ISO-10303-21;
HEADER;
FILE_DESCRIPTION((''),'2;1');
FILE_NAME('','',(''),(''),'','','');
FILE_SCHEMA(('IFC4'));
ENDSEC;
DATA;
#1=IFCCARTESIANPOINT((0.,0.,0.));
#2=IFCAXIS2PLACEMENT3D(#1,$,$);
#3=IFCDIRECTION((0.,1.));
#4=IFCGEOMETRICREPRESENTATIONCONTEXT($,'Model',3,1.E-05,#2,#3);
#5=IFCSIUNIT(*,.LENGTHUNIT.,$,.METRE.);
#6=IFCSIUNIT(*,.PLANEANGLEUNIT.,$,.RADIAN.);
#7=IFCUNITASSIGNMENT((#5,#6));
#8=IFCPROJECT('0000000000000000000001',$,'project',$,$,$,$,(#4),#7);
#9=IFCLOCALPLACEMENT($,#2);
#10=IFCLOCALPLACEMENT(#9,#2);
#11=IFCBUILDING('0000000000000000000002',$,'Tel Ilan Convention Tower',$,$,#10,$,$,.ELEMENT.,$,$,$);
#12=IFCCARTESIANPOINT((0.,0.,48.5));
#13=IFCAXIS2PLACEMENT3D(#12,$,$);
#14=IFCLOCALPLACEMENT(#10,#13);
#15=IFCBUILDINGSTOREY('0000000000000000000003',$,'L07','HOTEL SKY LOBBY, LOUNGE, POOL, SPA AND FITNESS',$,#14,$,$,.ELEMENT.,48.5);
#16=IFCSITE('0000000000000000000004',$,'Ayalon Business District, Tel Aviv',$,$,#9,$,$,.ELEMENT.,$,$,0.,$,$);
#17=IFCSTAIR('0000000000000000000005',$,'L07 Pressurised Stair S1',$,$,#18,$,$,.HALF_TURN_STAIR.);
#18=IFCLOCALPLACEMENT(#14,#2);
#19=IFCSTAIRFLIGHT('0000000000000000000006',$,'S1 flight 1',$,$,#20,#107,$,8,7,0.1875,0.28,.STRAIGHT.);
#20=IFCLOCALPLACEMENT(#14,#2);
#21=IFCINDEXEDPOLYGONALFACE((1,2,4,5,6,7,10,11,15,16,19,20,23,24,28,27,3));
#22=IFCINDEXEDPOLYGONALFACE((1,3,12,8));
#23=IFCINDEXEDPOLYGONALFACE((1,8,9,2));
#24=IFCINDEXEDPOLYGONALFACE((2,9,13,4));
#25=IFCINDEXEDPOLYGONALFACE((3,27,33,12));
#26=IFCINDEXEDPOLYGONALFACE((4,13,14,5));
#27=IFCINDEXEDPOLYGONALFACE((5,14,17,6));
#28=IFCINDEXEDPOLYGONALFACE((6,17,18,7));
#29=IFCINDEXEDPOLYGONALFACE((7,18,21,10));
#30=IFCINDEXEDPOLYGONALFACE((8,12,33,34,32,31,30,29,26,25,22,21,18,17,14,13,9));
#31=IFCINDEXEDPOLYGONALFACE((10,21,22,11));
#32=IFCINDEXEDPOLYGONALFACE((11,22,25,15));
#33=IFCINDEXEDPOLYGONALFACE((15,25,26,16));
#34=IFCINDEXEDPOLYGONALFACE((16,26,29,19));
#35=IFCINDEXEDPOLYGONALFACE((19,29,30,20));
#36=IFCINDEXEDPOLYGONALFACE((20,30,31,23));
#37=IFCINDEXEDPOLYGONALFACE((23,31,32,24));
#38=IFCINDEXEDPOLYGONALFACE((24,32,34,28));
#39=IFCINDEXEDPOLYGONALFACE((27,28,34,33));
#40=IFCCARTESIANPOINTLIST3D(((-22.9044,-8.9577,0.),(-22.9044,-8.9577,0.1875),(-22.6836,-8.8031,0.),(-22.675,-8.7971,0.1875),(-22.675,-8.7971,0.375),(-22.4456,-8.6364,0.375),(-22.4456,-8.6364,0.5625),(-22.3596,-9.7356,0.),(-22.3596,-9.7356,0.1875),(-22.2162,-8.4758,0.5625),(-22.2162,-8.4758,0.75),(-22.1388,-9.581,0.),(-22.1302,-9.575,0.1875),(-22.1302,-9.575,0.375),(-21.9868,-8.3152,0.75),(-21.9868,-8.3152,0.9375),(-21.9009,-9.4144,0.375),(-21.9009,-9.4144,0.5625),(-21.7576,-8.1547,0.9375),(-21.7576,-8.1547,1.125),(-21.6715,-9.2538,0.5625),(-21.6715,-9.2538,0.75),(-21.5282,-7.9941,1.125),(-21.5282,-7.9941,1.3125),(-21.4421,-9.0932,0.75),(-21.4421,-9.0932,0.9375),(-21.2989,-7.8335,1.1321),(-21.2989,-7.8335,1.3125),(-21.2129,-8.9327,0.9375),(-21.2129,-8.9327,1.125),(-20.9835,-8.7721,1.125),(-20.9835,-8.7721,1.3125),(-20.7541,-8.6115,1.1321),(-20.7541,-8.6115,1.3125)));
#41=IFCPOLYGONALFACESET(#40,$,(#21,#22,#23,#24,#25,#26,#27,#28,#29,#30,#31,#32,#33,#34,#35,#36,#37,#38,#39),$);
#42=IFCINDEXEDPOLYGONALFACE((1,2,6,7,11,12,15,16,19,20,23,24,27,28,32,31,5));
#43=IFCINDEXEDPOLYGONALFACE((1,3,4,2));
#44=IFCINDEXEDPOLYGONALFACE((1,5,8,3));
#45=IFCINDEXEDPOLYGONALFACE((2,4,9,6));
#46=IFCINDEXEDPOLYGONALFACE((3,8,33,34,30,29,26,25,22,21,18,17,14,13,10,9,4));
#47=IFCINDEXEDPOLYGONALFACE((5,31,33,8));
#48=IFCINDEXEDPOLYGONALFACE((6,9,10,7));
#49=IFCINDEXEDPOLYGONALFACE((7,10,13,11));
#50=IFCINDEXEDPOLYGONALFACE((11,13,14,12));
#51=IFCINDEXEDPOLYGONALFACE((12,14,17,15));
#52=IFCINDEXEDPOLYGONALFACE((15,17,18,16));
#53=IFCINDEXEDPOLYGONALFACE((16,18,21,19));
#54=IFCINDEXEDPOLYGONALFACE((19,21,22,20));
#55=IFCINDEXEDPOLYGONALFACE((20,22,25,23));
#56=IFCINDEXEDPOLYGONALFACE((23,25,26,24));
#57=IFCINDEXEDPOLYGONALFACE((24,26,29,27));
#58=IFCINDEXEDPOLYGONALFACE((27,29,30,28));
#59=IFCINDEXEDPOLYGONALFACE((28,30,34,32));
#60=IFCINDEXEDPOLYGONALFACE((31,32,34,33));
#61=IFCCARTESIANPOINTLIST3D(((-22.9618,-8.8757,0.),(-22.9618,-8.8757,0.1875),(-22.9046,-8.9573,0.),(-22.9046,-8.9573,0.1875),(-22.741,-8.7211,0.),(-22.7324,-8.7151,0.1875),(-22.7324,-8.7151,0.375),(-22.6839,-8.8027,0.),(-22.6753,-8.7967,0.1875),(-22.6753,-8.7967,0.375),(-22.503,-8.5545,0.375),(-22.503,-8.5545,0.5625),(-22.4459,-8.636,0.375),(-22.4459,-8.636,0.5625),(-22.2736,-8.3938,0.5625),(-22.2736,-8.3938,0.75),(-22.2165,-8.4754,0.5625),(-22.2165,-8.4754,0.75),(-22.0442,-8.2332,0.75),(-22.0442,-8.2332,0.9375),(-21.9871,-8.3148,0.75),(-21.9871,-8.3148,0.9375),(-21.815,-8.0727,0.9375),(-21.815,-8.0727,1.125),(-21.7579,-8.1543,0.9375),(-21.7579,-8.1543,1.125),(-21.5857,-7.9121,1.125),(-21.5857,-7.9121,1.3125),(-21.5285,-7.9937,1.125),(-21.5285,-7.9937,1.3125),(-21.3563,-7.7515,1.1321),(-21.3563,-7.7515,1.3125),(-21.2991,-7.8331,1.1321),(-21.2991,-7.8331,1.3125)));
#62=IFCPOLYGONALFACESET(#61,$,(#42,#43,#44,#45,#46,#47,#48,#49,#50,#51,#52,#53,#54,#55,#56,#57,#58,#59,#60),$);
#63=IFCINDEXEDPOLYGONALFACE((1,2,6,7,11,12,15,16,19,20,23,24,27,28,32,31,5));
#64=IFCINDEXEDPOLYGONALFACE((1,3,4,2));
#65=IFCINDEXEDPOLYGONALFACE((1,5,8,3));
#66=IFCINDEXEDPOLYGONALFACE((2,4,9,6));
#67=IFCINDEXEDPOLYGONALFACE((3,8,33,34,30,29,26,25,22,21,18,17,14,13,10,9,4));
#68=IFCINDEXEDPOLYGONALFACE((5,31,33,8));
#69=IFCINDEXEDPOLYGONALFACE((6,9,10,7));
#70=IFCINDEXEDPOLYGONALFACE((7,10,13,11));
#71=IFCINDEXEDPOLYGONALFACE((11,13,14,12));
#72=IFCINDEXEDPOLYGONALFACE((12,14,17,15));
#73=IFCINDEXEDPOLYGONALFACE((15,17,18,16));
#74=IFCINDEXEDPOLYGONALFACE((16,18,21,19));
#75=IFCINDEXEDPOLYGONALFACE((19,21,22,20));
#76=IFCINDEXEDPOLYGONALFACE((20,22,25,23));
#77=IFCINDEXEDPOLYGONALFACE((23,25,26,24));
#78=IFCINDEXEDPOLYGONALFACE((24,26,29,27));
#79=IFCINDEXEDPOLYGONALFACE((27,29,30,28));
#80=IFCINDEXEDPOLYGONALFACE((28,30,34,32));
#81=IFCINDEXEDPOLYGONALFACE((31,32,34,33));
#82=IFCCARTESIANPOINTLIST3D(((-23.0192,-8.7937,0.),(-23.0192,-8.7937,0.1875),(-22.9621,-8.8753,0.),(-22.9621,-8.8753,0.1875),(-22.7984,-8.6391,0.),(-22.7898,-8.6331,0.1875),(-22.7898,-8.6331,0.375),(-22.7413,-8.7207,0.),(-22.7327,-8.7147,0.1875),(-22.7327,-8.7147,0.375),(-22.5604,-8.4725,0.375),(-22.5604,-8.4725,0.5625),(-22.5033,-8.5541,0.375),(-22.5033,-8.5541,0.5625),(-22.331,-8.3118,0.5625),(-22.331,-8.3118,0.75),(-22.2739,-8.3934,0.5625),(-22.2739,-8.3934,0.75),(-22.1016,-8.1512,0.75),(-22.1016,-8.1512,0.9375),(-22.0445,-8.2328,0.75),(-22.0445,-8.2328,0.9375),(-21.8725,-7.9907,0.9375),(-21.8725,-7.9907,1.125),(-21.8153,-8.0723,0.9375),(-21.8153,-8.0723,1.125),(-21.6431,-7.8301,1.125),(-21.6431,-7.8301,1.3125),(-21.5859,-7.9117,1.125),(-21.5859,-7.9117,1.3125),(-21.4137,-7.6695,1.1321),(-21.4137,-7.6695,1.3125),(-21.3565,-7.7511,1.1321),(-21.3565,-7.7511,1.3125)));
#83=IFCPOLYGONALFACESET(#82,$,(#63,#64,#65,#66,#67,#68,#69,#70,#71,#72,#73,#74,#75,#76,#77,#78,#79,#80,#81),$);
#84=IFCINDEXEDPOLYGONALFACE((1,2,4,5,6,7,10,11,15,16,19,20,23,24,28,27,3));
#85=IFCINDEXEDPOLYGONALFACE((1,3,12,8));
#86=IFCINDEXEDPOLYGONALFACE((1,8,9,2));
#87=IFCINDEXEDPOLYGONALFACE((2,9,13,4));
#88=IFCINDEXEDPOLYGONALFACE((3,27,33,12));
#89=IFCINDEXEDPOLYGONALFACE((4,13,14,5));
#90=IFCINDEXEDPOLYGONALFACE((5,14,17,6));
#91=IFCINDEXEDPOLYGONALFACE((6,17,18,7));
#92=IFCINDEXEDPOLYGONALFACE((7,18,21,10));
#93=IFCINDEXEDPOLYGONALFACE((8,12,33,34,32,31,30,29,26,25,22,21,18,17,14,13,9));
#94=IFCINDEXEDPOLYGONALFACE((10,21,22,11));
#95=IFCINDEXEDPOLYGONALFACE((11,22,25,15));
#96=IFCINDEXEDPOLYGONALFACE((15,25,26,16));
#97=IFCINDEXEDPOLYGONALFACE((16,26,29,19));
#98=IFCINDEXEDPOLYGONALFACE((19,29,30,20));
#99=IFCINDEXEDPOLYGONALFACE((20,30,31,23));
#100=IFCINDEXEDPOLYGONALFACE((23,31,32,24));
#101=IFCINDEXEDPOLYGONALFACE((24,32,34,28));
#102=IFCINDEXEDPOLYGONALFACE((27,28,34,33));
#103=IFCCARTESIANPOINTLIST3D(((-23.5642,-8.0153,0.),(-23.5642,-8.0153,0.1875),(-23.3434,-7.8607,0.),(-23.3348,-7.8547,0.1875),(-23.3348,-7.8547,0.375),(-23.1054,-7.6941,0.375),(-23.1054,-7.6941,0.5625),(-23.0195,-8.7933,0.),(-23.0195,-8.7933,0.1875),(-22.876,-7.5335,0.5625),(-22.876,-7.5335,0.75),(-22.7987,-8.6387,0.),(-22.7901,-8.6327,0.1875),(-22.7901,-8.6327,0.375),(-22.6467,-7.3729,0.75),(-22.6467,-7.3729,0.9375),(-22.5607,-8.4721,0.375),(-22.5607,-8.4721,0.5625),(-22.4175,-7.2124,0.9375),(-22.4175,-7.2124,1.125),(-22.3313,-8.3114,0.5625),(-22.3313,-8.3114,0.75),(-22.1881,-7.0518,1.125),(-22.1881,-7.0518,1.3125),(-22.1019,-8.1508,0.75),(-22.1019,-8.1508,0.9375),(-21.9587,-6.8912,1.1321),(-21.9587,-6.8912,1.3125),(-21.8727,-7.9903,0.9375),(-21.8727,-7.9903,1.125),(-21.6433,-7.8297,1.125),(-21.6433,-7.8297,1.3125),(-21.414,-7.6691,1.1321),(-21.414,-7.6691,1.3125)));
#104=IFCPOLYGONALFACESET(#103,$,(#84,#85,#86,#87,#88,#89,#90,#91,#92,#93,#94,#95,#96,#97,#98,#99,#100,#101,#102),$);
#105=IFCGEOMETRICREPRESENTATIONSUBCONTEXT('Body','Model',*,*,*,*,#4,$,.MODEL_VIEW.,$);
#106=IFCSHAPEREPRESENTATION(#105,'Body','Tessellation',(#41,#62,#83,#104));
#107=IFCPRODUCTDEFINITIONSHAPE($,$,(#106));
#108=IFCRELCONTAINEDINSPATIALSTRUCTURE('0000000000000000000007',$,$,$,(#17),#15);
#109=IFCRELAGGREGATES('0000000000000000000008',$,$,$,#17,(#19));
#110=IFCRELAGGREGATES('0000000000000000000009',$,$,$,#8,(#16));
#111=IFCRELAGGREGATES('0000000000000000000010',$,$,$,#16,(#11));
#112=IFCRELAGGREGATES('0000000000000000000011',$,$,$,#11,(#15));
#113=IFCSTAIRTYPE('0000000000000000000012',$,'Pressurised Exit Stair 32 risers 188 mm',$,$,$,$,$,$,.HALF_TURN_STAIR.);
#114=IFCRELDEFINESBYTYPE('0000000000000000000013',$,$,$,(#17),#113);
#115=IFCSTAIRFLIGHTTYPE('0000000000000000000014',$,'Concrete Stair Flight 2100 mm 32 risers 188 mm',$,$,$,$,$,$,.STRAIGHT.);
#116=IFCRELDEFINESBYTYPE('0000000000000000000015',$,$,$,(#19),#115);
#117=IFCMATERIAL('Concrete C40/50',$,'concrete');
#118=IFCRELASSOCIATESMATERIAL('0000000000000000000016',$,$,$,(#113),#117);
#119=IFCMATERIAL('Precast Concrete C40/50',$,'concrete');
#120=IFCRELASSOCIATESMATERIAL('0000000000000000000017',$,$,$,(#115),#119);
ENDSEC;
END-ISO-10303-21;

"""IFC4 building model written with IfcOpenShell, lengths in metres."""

from ifc_helpers import new_model, si_unit, direction, frame, origin, place, context, subcontext, project, spatial, polyline, outline, extrude, material, type_object, element, aggregate, save


model = new_model("IFC4")

# Units and contexts
model_context = context("Model", 3, precision=1e-05, world=origin(), true_north=direction((0.0, 1.0)))
body_context = subcontext(model_context, "Body", "Model", "MODEL_VIEW")
ifc_project = project(units=[si_unit("LENGTHUNIT", "METRE"), si_unit("PLANEANGLEUNIT", "RADIAN")], contexts=[model_context])

# Site, building, storey
site_placement = place(None, origin())
site = spatial("IfcSite", under=ifc_project, at=site_placement, Name="Ayalon Business District, Tel Aviv", CompositionType="ELEMENT", RefElevation=0.0)
building_placement = place(site_placement, origin())
building = spatial("IfcBuilding", under=site, at=building_placement, Name="Tel Ilan Convention Tower", CompositionType="ELEMENT")
storey_placement = place(building_placement, frame((0.0, 0.0, 48.5)))
storey = spatial("IfcBuildingStorey", under=building, at=storey_placement, Name="L07", Description="HOTEL SKY LOBBY, LOUNGE, POOL, SPA AND FITNESS", CompositionType="ELEMENT", Elevation=48.5)

# Stair, stair flight
ifc_material_1 = material(Name="Concrete C40/50", Category="concrete")
stair_type = type_object("IfcStairType", Name="Pressurised Exit Stair 32 risers 188 mm", PredefinedType="HALF_TURN_STAIR", material=ifc_material_1)
stair_1_placement = place(storey_placement, origin())
stair_1 = element("IfcStair", 1, at=stair_1_placement, inside=storey, type_object=stair_type, Name="L07 Pressurised Stair S1", PredefinedType="HALF_TURN_STAIR")
ifc_material_2 = material(Name="Precast Concrete C40/50", Category="concrete")
stair_flight_type = type_object("IfcStairFlightType", Name="Concrete Stair Flight 2100 mm 32 risers 188 mm", PredefinedType="STRAIGHT", material=ifc_material_2)
stair_flight_1_placement = place(storey_placement, frame((-22.9619, -8.8755, 0.0), z_axis=(0.0, 0.0, 1.0), x_axis=(0.819152, 0.573576, 0.0)))
stair_flight_1 = element("IfcStairFlight", 2, at=stair_flight_1_placement, type_object=stair_flight_type, Name="S1 flight 1", NumberOfRisers=8, NumberOfTreads=7, PredefinedType="STRAIGHT", RiserHeight=0.1875, TreadLength=0.28, context=body_context, shape_type="SweptSolid", body=[
    extrude(outline(polyline([(0.0, 0.0), (0.0, 0.1875), (0.28, 0.1875), (0.28, 0.375), (0.5601, 0.375), (0.5601, 0.5625), (0.8401, 0.5625), (0.8401, 0.75), (1.1201, 0.75), (1.1201, 0.9375), (1.3999, 0.9375), (1.3999, 1.125), (1.6799, 1.125), (1.6799, 1.3125), (1.96, 1.3125), (1.96, 1.5), (1.96, 1.1321), (0.2695, 0.0), (0.0, 0.0)])), frame((0.0, -0.1003, 0.0), z_axis=(0.0, -1.0, 0.0), x_axis=(1.0, 0.0, 0.0)), (0.0, 0.0, 1.0), 0.9497),
    extrude(outline(polyline([(0.0, 0.0), (0.0, 0.1875), (0.28, 0.1875), (0.28, 0.375), (0.5601, 0.375), (0.5601, 0.5625), (0.8401, 0.5625), (0.8401, 0.75), (1.1201, 0.75), (1.1201, 0.9375), (1.3999, 0.9375), (1.3999, 1.125), (1.6799, 1.125), (1.6799, 1.3125), (1.96, 1.3125), (1.96, 1.5), (1.96, 1.1321), (0.2695, 0.0), (0.0, 0.0)])), frame((0.0, -0.0002, 0.0), z_axis=(0.0, -1.0, 0.0), x_axis=(1.0, 0.0, 0.0)), (0.0, 0.0, 1.0), 0.0996),
    extrude(outline(polyline([(0.0, 0.0), (0.0, 0.1875), (0.28, 0.1875), (0.28, 0.375), (0.5601, 0.375), (0.5601, 0.5625), (0.8401, 0.5625), (0.8401, 0.75), (1.1201, 0.75), (1.1201, 0.9375), (1.3999, 0.9375), (1.3999, 1.125), (1.6799, 1.125), (1.6799, 1.3125), (1.96, 1.3125), (1.96, 1.5), (1.96, 1.1321), (0.2695, 0.0), (0.0, 0.0)])), frame((0.0, 0.0999, 0.0), z_axis=(0.0, -1.0, 0.0), x_axis=(1.0, 0.0, 0.0)), (0.0, 0.0, 1.0), 0.0996),
    extrude(outline(polyline([(0.0, 0.0), (0.0, 0.1875), (0.28, 0.1875), (0.28, 0.375), (0.5601, 0.375), (0.5601, 0.5625), (0.8401, 0.5625), (0.8401, 0.75), (1.1201, 0.75), (1.1201, 0.9375), (1.3999, 0.9375), (1.3999, 1.125), (1.6799, 1.125), (1.6799, 1.3125), (1.96, 1.3125), (1.96, 1.5), (1.96, 1.1321), (0.2695, 0.0), (0.0, 0.0)])), frame((0.0, 1.05, 0.0), z_axis=(0.0, -1.0, 0.0), x_axis=(1.0, 0.0, 0.0)), (0.0, 0.0, 1.0), 0.9497),
])
aggregate(stair_1, [stair_flight_1])

save(model, "model.ifc")
